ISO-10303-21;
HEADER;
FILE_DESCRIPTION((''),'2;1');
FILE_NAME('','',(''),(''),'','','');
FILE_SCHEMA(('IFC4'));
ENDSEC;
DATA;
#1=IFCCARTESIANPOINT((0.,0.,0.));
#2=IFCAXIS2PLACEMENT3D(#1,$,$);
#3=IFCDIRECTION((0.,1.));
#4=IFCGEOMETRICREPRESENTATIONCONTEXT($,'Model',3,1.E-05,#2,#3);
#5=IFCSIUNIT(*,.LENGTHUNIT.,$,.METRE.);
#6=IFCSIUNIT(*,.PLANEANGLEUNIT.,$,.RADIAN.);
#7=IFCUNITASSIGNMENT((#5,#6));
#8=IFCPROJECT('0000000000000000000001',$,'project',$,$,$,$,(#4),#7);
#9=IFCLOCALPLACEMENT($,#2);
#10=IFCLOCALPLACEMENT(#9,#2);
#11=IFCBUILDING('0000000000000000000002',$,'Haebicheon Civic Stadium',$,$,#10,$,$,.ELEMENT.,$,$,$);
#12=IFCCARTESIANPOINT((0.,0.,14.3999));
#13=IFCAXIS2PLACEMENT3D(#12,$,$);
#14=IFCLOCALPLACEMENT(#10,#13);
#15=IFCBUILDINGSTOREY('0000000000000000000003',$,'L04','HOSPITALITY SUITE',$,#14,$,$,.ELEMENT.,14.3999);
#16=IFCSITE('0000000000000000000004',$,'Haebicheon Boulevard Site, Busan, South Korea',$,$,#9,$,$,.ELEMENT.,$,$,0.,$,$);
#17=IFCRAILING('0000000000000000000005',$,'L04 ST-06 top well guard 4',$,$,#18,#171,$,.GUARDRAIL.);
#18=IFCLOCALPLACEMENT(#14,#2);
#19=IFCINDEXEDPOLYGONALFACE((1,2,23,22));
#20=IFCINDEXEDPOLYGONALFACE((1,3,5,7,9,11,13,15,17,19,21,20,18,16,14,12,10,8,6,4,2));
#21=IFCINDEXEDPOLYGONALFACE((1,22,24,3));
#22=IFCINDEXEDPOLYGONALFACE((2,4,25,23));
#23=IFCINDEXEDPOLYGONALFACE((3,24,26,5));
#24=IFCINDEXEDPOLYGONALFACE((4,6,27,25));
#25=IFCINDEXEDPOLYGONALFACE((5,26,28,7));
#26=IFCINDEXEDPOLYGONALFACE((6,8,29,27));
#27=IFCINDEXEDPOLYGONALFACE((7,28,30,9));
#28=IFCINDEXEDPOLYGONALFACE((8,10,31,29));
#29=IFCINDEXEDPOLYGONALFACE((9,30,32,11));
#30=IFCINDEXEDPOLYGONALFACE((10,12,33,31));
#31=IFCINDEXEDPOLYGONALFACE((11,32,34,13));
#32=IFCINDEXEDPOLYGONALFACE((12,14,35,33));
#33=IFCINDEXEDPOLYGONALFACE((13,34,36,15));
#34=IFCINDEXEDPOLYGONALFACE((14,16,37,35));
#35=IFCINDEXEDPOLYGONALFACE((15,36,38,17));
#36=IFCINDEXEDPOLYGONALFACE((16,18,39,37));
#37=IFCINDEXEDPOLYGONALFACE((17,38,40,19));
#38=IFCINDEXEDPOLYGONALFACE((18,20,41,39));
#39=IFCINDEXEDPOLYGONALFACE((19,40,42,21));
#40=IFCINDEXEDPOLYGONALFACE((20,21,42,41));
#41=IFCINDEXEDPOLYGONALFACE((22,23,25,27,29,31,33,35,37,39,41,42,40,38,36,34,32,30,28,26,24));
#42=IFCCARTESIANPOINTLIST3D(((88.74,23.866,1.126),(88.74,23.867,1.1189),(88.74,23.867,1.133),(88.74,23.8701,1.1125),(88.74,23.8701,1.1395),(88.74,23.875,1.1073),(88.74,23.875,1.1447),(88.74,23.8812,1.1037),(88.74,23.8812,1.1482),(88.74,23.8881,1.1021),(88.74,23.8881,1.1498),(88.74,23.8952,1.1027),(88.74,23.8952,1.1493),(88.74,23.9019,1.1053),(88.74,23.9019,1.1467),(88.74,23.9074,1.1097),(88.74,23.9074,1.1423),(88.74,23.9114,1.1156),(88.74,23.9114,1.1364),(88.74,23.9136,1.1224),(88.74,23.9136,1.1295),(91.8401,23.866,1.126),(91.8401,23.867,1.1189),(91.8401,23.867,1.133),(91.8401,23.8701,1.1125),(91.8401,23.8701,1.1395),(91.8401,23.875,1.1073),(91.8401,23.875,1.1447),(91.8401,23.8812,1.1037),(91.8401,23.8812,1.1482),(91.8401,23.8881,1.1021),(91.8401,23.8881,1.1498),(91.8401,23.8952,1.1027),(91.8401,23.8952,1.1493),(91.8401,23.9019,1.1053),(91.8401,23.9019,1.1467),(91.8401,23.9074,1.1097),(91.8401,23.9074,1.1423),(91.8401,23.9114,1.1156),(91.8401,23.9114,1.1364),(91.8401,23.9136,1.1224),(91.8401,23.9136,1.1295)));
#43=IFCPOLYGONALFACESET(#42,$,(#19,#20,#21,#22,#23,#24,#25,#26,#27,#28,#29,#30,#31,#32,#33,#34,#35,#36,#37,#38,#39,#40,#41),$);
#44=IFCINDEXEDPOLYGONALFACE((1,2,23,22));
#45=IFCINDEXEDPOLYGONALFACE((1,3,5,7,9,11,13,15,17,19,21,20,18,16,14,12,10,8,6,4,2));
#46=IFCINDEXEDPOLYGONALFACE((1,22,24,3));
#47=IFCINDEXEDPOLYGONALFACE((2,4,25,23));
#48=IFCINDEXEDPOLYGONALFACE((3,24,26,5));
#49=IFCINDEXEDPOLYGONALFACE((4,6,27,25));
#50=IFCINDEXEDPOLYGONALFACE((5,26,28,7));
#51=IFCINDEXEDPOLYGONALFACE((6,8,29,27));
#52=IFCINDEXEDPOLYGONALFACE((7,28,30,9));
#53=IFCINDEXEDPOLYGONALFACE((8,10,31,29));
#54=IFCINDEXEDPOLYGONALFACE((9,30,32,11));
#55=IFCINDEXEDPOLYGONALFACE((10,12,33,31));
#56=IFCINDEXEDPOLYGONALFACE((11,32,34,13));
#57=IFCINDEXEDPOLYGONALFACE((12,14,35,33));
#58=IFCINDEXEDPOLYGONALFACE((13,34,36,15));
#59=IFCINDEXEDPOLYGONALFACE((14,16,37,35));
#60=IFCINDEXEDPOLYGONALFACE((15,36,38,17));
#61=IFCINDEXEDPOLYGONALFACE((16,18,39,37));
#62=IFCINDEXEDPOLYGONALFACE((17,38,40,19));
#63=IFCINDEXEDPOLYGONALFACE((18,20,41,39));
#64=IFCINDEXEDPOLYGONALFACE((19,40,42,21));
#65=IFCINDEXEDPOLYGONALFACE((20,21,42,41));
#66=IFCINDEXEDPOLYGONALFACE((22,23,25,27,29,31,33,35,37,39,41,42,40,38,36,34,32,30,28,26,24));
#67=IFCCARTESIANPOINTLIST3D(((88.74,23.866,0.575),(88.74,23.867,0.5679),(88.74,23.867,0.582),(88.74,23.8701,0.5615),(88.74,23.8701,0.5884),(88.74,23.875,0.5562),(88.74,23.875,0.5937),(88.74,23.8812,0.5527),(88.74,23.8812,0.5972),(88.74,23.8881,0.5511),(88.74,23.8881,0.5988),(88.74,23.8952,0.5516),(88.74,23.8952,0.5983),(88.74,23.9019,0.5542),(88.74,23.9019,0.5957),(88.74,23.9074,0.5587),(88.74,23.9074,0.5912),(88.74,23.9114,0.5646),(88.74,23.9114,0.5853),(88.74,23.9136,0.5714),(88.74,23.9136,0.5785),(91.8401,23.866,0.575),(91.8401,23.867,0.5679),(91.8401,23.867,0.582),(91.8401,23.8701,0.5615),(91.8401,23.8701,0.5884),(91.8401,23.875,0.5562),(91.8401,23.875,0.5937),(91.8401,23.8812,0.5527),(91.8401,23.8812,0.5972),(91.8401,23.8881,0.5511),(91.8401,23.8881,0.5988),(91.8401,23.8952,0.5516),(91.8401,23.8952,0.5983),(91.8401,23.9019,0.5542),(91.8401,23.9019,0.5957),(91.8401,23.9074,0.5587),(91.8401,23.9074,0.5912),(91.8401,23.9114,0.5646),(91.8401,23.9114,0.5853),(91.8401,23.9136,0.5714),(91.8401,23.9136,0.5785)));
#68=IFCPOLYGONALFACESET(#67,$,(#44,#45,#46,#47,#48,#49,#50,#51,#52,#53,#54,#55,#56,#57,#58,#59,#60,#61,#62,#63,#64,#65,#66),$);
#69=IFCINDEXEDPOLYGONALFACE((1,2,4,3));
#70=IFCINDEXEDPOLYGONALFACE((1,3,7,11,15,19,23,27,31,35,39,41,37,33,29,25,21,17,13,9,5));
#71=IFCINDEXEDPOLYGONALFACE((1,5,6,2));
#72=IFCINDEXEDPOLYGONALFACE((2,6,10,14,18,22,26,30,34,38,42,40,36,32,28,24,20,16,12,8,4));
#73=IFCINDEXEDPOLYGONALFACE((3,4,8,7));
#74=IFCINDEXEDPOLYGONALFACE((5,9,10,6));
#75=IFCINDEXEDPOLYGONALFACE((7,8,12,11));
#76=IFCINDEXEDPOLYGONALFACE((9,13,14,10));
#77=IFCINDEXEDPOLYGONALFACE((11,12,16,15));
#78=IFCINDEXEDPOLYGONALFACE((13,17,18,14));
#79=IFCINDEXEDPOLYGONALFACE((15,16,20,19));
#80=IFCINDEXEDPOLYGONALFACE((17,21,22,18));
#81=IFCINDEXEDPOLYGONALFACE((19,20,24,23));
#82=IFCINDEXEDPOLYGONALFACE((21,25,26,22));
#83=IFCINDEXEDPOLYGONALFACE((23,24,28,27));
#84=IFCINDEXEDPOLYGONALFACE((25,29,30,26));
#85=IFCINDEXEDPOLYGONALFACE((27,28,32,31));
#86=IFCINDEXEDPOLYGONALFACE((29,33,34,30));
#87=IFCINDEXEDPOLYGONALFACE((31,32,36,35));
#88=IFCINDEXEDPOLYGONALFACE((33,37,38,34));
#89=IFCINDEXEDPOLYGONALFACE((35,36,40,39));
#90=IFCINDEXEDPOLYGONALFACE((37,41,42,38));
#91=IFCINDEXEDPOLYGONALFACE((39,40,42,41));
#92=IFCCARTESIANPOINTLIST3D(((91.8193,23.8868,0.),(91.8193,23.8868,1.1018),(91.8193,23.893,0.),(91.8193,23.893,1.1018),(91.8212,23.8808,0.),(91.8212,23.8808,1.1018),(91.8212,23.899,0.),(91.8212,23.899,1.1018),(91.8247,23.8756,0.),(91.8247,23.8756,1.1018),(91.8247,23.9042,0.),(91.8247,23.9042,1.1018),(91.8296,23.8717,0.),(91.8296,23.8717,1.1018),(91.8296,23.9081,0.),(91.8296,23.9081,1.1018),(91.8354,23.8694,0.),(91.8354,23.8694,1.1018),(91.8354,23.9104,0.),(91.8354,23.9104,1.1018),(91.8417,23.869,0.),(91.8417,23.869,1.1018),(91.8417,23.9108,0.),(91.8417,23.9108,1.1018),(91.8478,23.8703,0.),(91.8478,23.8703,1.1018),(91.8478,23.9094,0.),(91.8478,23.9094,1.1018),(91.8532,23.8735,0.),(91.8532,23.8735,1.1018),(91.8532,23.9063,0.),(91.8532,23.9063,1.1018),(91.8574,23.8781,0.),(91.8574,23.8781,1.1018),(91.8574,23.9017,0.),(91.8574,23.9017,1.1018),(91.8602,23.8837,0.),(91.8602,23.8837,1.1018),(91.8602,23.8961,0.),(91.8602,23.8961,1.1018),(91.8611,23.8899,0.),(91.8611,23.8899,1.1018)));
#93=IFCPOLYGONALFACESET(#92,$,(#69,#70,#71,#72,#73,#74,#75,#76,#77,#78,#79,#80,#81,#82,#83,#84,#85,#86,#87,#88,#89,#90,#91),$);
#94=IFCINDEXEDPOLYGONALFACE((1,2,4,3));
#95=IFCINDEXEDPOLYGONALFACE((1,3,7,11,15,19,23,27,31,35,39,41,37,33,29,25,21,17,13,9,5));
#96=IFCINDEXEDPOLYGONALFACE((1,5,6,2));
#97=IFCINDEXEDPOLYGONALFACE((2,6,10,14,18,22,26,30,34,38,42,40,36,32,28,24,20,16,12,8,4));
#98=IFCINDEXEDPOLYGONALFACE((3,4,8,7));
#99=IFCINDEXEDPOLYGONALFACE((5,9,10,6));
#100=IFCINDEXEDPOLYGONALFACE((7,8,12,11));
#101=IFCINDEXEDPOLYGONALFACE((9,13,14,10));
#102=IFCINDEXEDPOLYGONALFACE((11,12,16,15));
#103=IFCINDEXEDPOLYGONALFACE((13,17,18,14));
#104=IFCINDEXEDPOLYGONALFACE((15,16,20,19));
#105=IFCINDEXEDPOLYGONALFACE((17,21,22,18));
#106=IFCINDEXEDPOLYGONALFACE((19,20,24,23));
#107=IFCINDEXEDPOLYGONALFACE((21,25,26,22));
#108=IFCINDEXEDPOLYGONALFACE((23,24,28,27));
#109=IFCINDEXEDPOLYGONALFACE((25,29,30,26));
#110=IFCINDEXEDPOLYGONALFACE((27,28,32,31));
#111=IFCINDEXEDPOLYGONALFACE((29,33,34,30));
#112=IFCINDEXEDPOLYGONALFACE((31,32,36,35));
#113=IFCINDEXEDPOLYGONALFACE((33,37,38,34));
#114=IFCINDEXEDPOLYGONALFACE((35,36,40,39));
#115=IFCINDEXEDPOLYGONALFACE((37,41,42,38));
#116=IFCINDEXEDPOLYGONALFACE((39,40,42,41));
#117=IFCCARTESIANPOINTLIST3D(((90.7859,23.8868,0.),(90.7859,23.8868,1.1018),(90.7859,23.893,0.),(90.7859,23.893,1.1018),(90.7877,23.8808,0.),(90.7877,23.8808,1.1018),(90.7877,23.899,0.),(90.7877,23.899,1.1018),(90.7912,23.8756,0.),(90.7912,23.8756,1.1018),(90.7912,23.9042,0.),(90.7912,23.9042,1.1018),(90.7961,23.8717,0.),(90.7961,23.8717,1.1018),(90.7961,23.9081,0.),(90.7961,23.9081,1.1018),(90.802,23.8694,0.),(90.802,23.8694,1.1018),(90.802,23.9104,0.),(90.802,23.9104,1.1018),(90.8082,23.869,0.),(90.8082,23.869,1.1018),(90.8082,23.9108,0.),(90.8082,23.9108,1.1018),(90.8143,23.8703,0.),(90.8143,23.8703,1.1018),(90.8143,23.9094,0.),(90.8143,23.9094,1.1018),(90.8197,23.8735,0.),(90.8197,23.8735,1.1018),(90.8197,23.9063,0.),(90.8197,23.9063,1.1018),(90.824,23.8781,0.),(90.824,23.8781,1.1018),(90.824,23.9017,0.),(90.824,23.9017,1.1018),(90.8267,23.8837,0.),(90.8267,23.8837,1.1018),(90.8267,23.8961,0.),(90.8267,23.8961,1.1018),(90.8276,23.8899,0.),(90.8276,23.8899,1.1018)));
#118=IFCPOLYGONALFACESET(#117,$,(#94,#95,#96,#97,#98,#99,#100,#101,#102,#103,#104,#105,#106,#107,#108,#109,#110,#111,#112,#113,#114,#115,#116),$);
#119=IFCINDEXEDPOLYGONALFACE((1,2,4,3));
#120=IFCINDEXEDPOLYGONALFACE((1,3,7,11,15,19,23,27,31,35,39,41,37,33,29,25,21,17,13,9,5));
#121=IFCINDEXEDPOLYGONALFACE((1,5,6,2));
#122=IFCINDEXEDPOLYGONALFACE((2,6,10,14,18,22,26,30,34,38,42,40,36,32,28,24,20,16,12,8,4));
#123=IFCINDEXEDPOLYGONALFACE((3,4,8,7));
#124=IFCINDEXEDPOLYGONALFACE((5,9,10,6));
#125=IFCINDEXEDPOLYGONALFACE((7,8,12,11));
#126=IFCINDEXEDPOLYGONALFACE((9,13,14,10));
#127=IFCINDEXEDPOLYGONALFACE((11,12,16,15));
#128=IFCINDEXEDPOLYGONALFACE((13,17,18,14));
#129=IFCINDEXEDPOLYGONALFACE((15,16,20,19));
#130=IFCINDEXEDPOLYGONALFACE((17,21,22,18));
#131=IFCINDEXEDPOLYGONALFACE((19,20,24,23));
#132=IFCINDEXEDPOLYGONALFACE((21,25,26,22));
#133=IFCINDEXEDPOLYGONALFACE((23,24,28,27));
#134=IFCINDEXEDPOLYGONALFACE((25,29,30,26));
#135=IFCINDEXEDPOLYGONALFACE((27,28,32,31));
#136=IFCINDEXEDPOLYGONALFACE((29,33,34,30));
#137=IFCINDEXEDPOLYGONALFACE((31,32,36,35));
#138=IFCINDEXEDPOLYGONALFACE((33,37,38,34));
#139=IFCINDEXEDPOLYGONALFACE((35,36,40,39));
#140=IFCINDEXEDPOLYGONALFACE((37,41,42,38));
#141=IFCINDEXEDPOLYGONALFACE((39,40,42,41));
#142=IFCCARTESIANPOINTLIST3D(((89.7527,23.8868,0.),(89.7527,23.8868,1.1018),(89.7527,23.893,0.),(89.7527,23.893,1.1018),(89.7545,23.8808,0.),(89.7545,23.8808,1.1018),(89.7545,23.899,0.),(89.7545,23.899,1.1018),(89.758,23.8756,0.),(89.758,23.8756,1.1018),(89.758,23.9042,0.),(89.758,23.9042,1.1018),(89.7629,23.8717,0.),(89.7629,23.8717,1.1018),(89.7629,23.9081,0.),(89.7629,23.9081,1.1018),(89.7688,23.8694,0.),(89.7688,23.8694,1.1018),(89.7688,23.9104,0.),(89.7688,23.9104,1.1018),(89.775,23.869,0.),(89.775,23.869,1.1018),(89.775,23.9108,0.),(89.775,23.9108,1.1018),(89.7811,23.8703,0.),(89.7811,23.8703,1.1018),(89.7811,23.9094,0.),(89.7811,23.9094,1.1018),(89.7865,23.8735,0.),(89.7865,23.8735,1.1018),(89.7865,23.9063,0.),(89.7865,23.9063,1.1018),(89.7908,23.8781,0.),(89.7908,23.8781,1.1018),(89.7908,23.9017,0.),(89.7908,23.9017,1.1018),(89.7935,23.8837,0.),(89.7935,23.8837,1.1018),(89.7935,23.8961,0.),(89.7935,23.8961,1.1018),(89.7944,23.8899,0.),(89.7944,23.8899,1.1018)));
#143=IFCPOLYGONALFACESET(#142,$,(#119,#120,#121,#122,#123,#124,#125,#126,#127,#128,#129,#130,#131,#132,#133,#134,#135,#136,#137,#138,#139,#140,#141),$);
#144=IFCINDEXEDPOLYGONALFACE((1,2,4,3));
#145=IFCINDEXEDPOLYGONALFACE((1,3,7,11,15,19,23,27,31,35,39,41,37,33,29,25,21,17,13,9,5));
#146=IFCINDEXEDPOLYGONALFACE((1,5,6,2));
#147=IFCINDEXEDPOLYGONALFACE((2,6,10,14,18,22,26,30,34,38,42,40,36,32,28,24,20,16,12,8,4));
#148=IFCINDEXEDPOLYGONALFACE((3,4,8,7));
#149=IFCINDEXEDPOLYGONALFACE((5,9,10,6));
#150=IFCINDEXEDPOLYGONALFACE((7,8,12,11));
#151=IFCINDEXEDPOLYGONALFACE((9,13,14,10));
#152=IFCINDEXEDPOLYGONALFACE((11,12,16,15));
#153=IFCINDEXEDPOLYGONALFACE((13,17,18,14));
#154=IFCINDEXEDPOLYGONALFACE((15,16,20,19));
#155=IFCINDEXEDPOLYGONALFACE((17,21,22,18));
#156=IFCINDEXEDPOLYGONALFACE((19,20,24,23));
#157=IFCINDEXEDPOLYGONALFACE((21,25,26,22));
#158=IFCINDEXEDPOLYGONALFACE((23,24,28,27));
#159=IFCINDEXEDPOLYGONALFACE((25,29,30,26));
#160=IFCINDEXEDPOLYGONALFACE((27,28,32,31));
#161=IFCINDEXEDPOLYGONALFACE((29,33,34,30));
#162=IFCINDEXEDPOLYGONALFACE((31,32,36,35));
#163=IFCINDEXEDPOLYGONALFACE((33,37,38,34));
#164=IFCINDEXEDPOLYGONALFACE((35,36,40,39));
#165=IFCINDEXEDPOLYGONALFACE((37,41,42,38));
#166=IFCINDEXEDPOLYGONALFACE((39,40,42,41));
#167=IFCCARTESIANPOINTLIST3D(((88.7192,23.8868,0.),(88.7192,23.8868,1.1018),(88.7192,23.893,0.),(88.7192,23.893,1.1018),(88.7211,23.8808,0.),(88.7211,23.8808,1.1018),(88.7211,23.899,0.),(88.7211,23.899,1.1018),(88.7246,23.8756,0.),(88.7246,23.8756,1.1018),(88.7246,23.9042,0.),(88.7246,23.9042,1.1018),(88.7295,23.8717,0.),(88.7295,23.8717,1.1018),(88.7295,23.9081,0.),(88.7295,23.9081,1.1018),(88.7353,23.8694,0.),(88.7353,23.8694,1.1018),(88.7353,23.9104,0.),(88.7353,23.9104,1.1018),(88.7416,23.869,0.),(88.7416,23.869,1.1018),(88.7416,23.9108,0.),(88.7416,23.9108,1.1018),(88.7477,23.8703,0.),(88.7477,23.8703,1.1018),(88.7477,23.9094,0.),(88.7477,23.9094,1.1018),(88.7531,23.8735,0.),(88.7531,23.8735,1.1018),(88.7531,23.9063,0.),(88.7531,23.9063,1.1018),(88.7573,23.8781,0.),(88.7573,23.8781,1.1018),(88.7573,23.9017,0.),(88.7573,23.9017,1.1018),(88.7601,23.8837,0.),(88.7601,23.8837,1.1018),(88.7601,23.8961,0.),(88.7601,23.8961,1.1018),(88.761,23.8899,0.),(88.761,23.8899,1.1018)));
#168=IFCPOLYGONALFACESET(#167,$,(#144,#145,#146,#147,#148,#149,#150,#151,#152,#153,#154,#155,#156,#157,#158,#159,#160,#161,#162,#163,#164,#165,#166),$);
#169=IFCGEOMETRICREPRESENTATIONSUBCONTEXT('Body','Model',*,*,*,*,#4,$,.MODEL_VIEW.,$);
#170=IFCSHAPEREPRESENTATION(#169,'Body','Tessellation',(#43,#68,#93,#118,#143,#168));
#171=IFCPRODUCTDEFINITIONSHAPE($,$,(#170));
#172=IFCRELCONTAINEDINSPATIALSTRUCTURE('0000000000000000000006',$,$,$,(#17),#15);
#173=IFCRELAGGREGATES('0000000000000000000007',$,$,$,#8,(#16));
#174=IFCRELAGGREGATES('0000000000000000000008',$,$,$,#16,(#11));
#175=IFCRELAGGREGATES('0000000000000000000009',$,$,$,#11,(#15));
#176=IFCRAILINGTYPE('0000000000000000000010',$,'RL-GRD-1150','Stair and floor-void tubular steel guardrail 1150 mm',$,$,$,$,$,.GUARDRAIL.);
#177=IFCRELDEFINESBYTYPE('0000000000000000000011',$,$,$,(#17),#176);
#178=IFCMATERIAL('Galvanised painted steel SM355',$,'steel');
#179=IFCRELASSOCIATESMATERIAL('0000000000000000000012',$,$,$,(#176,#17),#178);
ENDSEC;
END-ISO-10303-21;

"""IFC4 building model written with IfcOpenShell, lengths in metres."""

from ifc_helpers import new_model, si_unit, direction, frame, origin, origin_2d, place, context, subcontext, project, spatial, circle, extrude, material, type_object, element, save


model = new_model("IFC4")

# Units and contexts
model_context = context("Model", 3, precision=1e-05, world=origin(), true_north=direction((0.0, 1.0)))
body_context = subcontext(model_context, "Body", "Model", "MODEL_VIEW")
ifc_project = project(units=[si_unit("LENGTHUNIT", "METRE"), si_unit("PLANEANGLEUNIT", "RADIAN")], contexts=[model_context])

# Site, building, storey
site_placement = place(None, origin())
site = spatial("IfcSite", under=ifc_project, at=site_placement, Name="Haebicheon Boulevard Site, Busan, South Korea", CompositionType="ELEMENT", RefElevation=0.0)
building_placement = place(site_placement, origin())
building = spatial("IfcBuilding", under=site, at=building_placement, Name="Haebicheon Civic Stadium", CompositionType="ELEMENT")
storey_placement = place(building_placement, frame((0.0, 0.0, 14.3999)))
storey = spatial("IfcBuildingStorey", under=building, at=storey_placement, Name="L04", Description="HOSPITALITY SUITE", CompositionType="ELEMENT", Elevation=14.3999)

# Railing
ifc_material_1 = material(Name="Galvanised painted steel SM355", Category="steel")
railing_type = type_object("IfcRailingType", Name="RL-GRD-1150", Description="Stair and floor-void tubular steel guardrail 1150 mm", PredefinedType="GUARDRAIL", material=ifc_material_1)
railing_1_placement = place(storey_placement, frame((91.8401, 23.8899, 0.0)))
element("IfcRailing", 1, at=railing_1_placement, inside=storey, type_object=railing_type, material=ifc_material_1, Name="L04 ST-06 top well guard 4", PredefinedType="GUARDRAIL", context=body_context, shape_type="SweptSolid", body=[
    extrude(circle(Radius=0.0239, at=origin_2d()), frame((0.0, 0.0, 1.126), z_axis=(-1.0, 0.0, 0.0), x_axis=(0.0, -1.0, 0.0)), (0.0, 0.0, 1.0), 3.1001),
    extrude(circle(Radius=0.0239, at=origin_2d()), frame((0.0, 0.0, 0.575), z_axis=(-1.0, 0.0, 0.0), x_axis=(0.0, -1.0, 0.0)), (0.0, 0.0, 1.0), 3.1001),
    extrude(circle(Radius=0.021, at=origin_2d()), origin(), (0.0, 0.0, 1.0), 1.1018),
    extrude(circle(Radius=0.021, at=origin_2d()), frame((-1.0334, 0.0, 0.0)), (0.0, 0.0, 1.0), 1.1018),
    extrude(circle(Radius=0.021, at=origin_2d()), frame((-2.0667, 0.0, 0.0)), (0.0, 0.0, 1.0), 1.1018),
    extrude(circle(Radius=0.021, at=origin_2d()), frame((-3.1001, 0.0, 0.0)), (0.0, 0.0, 1.0), 1.1018),
])

save(model, "model.ifc")
